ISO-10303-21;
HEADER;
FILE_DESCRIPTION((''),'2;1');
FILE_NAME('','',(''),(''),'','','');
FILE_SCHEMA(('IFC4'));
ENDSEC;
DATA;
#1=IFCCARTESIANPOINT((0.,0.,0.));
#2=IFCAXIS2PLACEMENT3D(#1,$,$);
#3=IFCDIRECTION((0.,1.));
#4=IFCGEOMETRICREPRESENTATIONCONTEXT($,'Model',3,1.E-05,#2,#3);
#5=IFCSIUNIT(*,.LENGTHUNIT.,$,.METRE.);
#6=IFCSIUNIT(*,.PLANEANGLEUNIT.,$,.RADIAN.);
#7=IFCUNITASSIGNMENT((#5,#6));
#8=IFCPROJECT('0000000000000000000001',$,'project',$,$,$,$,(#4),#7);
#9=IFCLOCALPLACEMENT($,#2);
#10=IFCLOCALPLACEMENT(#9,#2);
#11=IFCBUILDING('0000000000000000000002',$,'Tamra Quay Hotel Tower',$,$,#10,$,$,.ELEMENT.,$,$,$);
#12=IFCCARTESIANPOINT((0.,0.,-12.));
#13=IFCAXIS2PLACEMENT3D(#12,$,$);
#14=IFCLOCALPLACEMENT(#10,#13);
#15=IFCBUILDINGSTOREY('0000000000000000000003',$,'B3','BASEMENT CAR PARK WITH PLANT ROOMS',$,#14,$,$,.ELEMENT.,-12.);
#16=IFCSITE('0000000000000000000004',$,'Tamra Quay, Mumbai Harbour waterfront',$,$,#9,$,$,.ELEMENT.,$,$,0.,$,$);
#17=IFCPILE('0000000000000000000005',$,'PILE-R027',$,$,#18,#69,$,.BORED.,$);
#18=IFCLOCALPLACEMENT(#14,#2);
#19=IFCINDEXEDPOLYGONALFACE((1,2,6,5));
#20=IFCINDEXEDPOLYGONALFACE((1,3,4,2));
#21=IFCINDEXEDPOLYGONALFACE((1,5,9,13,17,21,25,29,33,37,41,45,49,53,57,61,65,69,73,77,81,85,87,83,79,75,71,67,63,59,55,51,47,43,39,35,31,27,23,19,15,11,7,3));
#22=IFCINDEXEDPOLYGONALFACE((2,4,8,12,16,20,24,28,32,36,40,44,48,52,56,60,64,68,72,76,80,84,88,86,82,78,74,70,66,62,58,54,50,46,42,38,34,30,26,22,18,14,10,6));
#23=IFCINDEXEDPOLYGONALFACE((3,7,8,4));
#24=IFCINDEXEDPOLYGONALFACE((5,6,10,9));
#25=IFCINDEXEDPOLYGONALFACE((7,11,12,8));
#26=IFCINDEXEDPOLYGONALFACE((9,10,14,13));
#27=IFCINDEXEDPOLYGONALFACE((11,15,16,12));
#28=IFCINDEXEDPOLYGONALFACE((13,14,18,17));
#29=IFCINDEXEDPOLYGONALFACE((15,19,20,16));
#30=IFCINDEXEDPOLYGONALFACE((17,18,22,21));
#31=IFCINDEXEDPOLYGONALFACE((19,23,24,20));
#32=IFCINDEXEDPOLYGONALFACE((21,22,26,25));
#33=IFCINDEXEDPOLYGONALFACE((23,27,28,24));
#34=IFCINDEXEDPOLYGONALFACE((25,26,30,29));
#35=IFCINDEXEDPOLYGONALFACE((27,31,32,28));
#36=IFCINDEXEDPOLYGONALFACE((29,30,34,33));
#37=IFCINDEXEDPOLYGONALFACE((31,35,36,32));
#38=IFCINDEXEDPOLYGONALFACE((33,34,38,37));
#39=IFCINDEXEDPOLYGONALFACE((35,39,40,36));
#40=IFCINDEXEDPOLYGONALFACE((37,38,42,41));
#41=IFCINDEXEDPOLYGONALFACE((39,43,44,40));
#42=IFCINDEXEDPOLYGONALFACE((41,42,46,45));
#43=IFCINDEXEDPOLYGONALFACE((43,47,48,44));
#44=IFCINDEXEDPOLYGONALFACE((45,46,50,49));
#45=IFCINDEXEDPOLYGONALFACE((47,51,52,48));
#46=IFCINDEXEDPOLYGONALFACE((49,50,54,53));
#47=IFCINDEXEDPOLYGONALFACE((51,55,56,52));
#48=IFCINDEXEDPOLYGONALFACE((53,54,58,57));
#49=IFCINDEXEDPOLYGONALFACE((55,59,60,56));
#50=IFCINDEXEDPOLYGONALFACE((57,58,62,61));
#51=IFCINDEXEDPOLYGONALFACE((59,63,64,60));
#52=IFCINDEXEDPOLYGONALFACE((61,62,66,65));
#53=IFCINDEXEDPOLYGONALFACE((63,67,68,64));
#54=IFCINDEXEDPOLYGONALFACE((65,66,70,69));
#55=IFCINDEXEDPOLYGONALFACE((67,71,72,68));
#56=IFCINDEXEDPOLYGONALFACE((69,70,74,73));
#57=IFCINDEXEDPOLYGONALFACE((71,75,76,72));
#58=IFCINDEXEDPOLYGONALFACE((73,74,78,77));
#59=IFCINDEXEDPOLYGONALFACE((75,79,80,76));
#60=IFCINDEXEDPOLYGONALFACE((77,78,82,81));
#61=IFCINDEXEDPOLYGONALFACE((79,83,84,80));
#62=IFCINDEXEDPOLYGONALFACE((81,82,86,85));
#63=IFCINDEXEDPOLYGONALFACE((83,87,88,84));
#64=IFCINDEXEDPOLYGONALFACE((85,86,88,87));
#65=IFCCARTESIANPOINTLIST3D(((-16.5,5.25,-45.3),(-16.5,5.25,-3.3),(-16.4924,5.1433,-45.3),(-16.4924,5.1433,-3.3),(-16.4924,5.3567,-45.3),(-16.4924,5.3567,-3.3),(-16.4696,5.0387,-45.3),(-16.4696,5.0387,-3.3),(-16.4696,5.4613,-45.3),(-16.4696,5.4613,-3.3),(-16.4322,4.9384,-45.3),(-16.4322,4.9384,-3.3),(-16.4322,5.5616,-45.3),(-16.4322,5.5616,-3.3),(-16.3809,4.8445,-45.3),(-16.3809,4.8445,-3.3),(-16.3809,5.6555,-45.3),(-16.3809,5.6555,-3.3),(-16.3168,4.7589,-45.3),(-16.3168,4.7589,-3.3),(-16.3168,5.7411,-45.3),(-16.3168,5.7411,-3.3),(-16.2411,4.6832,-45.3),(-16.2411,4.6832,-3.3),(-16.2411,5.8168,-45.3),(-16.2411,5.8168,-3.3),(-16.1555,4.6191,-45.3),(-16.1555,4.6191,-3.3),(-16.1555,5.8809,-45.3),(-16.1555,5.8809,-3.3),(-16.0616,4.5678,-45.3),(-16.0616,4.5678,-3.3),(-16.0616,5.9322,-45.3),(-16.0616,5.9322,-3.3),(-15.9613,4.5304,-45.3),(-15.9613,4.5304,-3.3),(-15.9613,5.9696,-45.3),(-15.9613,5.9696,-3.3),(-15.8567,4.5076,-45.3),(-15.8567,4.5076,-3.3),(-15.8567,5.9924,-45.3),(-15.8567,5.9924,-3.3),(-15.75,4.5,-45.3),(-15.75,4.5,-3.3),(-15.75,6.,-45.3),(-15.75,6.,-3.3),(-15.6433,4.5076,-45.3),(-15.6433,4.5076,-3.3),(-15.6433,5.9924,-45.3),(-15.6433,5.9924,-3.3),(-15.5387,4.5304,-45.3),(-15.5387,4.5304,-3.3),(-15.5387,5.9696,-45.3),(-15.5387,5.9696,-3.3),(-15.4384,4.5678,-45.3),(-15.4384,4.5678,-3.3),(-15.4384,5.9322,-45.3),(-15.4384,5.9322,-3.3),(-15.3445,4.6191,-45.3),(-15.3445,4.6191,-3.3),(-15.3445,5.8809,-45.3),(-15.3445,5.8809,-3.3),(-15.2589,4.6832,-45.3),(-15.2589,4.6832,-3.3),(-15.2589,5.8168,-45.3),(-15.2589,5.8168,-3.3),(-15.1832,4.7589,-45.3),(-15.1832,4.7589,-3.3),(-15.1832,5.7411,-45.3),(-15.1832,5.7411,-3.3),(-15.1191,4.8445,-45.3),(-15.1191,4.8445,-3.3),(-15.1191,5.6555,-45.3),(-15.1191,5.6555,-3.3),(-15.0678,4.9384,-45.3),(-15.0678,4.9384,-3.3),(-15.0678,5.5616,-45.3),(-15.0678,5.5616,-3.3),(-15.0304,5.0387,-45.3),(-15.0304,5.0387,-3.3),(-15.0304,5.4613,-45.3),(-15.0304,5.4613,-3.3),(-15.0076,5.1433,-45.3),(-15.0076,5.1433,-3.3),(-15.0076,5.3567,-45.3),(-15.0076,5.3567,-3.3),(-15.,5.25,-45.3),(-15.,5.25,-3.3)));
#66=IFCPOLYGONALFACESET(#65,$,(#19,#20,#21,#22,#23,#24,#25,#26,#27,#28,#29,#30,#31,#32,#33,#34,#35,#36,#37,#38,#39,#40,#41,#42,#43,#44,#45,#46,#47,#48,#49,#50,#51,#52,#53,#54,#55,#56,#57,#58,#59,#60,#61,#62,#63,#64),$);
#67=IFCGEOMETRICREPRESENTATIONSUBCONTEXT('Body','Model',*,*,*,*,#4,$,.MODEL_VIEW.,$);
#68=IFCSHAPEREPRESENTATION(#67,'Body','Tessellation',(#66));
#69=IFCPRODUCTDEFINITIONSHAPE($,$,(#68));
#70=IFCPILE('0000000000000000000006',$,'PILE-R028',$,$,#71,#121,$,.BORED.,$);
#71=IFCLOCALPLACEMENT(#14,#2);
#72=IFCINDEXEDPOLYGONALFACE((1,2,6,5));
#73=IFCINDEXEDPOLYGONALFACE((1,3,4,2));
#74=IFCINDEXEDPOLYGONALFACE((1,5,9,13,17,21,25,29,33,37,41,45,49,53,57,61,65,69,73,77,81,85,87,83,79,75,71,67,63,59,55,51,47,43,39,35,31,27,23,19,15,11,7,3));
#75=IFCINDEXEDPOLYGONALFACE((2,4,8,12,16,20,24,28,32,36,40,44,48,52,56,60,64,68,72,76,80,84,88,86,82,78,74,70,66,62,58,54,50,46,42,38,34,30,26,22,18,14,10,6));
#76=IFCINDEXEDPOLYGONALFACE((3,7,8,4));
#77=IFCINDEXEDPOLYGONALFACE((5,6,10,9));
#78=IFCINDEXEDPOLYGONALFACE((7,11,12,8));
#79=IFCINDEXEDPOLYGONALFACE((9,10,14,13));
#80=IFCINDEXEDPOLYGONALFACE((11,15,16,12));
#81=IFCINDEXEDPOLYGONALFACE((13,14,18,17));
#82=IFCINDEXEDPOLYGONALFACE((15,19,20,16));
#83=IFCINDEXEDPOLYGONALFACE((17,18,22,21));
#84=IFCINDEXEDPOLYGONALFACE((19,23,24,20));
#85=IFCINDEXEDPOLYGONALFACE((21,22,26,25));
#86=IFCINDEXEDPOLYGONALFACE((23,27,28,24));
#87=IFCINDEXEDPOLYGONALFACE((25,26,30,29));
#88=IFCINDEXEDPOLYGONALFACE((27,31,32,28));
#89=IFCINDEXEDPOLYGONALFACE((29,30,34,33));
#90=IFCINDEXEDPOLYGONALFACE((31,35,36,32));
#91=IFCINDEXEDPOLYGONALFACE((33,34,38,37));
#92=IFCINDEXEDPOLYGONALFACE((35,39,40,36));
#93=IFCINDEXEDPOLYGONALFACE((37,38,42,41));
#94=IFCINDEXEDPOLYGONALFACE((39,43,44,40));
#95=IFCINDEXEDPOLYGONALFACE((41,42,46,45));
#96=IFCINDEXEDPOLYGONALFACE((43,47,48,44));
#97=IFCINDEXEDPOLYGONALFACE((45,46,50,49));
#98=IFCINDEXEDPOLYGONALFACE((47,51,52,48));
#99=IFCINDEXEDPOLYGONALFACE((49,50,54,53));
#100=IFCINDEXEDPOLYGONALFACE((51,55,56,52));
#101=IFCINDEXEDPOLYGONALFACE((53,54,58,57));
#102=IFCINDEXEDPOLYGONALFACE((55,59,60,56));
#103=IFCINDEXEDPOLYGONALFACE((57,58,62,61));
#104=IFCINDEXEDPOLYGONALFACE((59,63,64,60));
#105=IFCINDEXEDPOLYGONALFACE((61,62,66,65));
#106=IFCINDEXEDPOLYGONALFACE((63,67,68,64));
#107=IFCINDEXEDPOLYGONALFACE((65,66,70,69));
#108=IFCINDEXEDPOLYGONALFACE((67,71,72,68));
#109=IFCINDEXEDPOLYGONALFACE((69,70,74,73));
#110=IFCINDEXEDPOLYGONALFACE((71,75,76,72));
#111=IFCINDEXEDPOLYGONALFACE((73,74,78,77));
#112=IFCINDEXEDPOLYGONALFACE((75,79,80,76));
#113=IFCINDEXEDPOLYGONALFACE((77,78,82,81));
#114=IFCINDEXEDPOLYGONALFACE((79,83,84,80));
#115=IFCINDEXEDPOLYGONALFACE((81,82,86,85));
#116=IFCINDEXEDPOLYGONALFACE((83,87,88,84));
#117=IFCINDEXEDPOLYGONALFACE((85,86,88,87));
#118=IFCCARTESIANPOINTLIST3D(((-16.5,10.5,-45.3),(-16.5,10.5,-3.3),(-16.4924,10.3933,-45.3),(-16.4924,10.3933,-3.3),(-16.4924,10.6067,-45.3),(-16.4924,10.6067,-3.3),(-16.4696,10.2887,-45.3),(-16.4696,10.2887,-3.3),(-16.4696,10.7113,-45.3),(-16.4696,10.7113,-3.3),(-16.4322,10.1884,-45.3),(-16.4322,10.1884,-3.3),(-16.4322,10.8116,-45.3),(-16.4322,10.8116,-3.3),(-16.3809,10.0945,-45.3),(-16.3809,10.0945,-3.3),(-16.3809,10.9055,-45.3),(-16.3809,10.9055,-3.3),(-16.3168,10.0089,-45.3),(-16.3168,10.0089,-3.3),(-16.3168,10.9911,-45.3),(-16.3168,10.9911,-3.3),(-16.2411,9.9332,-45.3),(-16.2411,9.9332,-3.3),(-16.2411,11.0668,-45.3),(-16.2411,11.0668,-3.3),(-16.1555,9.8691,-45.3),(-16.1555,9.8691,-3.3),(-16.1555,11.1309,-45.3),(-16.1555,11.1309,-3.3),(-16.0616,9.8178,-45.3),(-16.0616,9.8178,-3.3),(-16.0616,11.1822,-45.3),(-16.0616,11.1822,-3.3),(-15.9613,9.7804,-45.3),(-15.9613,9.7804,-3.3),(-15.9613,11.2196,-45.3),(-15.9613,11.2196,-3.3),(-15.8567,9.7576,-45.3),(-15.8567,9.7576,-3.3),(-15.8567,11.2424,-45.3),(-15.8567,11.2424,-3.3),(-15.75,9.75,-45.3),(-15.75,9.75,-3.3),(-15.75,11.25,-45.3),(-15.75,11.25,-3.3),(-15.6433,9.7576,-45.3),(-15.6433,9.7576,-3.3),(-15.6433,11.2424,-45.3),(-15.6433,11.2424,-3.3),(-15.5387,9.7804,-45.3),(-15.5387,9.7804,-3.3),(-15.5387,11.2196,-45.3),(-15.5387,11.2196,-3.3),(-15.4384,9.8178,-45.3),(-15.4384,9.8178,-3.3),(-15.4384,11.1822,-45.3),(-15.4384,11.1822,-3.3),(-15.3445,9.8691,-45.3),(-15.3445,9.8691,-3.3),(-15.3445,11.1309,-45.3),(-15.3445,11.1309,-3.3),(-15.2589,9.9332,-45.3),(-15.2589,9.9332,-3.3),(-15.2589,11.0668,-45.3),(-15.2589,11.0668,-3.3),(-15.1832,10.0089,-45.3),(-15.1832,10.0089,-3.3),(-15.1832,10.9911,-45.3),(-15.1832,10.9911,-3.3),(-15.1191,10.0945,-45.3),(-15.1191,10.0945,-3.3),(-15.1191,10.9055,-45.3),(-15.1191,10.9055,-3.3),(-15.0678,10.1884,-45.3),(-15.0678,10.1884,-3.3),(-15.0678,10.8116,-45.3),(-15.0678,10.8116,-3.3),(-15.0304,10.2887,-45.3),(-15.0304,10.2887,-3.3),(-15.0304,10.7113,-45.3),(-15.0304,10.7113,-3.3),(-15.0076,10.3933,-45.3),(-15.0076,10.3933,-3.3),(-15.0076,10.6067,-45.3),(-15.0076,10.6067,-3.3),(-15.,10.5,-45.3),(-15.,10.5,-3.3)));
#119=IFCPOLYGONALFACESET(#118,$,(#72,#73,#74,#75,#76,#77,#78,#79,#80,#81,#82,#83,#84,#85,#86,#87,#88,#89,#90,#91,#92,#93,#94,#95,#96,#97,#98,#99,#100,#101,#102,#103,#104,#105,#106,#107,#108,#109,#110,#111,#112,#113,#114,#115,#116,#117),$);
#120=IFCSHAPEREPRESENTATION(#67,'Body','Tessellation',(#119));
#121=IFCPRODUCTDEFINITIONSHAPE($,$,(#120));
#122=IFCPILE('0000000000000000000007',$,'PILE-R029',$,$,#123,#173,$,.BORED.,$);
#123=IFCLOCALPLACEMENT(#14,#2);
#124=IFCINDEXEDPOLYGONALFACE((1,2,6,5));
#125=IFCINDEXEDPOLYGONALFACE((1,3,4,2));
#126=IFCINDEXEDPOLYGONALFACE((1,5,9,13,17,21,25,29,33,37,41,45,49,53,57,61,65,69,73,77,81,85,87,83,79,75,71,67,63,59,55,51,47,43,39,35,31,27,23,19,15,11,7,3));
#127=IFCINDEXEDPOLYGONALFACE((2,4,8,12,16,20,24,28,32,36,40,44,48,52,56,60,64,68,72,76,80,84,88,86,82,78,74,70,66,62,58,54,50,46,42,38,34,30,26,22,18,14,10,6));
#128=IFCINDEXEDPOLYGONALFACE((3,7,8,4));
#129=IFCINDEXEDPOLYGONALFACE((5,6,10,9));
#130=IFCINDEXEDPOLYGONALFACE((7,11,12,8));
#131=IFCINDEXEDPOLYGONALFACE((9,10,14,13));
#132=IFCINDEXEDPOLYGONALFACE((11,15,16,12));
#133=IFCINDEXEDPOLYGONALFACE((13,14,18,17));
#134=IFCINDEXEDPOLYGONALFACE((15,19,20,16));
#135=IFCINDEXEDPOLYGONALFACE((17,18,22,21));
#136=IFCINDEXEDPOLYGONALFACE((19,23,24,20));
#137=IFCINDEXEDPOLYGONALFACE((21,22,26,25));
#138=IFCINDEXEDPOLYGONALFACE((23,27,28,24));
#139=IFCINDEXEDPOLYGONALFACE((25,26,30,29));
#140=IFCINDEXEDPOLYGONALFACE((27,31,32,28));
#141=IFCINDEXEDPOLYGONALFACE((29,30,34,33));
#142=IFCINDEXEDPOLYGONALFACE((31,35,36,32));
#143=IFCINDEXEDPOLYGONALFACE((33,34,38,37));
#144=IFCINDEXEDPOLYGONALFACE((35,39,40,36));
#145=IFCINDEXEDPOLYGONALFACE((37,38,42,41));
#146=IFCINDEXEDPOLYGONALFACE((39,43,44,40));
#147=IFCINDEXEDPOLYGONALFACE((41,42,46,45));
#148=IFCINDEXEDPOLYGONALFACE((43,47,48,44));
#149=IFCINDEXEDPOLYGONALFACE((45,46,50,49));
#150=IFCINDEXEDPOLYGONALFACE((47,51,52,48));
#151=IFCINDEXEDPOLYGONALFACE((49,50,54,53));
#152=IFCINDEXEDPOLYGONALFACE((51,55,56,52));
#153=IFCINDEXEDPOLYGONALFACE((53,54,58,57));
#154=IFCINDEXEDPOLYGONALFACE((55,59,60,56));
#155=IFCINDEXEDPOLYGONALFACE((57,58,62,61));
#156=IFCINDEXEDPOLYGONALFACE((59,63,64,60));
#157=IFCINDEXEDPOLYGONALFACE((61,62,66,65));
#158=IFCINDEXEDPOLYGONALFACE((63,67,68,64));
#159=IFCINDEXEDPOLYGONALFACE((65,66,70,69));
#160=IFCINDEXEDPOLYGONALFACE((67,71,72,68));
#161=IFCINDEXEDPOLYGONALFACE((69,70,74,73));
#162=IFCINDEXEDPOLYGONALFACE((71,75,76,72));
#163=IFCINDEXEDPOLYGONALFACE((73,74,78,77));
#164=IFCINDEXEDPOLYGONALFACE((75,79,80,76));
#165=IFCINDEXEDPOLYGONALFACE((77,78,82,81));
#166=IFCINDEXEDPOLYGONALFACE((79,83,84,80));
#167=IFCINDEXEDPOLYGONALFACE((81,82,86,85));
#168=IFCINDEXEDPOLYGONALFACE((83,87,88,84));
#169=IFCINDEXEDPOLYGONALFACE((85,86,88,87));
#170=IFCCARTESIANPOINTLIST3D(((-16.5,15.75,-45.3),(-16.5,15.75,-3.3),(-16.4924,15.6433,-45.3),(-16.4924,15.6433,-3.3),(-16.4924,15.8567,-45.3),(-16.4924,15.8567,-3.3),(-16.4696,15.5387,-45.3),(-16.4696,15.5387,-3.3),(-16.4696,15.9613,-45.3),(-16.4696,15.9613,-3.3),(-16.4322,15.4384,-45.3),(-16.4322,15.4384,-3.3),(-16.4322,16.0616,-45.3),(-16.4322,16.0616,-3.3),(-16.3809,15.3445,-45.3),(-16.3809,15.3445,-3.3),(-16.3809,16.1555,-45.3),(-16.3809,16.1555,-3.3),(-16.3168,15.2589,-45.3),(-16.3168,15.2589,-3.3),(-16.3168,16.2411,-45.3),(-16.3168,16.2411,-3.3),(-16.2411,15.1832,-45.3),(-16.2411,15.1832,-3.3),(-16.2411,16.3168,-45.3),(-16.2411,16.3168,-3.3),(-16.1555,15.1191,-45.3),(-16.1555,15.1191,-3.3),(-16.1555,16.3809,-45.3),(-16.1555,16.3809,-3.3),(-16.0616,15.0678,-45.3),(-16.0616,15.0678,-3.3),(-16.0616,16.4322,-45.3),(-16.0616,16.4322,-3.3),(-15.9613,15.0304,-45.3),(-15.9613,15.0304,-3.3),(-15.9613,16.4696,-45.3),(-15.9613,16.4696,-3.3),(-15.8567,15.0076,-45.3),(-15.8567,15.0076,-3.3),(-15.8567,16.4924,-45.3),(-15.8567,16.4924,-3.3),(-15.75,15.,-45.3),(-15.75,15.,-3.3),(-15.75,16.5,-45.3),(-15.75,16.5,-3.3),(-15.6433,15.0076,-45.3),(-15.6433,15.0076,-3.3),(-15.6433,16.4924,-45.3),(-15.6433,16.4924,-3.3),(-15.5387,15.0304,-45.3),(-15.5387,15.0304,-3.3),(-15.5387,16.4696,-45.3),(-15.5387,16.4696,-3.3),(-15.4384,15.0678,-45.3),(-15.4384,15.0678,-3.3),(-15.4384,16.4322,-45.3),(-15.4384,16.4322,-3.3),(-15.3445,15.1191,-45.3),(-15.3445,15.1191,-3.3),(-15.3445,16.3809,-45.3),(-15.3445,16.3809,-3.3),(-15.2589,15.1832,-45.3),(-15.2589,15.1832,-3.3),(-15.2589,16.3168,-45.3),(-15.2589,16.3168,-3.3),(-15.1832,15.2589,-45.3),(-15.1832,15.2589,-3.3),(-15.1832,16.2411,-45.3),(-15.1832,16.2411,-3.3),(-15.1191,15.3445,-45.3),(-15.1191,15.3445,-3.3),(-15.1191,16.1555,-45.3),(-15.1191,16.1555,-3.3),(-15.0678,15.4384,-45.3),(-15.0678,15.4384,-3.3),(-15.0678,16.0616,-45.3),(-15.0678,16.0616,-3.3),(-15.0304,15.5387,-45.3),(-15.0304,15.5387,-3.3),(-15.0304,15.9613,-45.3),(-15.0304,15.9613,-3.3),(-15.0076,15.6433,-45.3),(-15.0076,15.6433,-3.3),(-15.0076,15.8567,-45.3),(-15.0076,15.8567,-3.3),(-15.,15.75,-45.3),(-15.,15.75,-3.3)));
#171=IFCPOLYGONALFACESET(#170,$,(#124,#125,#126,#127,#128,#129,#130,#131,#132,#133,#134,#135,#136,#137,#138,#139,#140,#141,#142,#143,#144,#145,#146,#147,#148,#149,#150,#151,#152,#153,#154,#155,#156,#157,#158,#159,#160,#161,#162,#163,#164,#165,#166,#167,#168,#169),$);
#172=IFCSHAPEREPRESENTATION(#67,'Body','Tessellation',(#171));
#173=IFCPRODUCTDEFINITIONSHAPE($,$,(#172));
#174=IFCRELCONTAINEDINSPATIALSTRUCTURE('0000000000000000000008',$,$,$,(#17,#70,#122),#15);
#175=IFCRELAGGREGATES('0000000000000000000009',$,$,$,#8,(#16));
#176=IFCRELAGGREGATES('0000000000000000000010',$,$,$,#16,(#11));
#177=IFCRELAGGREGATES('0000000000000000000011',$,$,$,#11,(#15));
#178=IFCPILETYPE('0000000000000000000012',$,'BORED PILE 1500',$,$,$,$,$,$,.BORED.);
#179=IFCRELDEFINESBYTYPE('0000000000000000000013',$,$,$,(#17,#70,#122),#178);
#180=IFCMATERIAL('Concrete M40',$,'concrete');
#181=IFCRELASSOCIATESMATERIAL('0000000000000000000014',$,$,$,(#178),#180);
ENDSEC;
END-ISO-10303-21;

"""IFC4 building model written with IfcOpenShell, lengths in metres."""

from ifc_helpers import new_model, si_unit, direction, frame, origin, origin_2d, place, context, subcontext, project, spatial, circle, extrude, material, material_profile, profile_set, type_object, element, save


model = new_model("IFC4")

# Units and contexts
model_context = context("Model", 3, precision=1e-05, world=origin(), true_north=direction((0.0, 1.0)))
body_context = subcontext(model_context, "Body", "Model", "MODEL_VIEW")
ifc_project = project(units=[si_unit("LENGTHUNIT", "METRE"), si_unit("PLANEANGLEUNIT", "RADIAN")], contexts=[model_context])

# Site, building, storey
site_placement = place(None, origin())
site = spatial("IfcSite", under=ifc_project, at=site_placement, Name="Tamra Quay, Mumbai Harbour waterfront", CompositionType="ELEMENT", RefElevation=0.0)
building_placement = place(site_placement, origin())
building = spatial("IfcBuilding", under=site, at=building_placement, Name="Tamra Quay Hotel Tower", CompositionType="ELEMENT")
storey_placement = place(building_placement, frame((0.0, 0.0, -12.0)))
storey = spatial("IfcBuildingStorey", under=building, at=storey_placement, Name="B3", Description="BASEMENT CAR PARK WITH PLANT ROOMS", CompositionType="ELEMENT", Elevation=-12.0)

# Piles
ifc_material_1 = material(Name="Concrete M40", Category="concrete")
ifc_material_profile = material_profile(ifc_material_1, circle(Radius=0.75, at=origin_2d()), Name="BORED PILE 1500")
ifc_profile_set = profile_set([ifc_material_profile], Name="Concrete M40")
pile_type = type_object("IfcPileType", Name="BORED PILE 1500", PredefinedType="BORED", material=ifc_profile_set)
for number, where, z_axis, x_axis, name in (
    (1, (-15.75, 5.25, -3.3), (0.0, 0.0, -1.0), (1.0, 0.0, 0.0), "PILE-R027"),
    (2, (-15.75, 10.5, -3.3), (0.0, 0.0, -1.0), (1.0, 0.0, 0.0), "PILE-R028"),
    (3, (-15.75, 15.75, -3.3), (0.0, 0.0, -1.0), (1.0, 0.0, 0.0), "PILE-R029"),
):
    element("IfcPile", number, at=place(storey_placement, frame(where, z_axis=z_axis, x_axis=x_axis)), inside=storey, type_object=pile_type, Name=name, PredefinedType="BORED", context=body_context, shape_type="SweptSolid", body=[
        extrude(circle(Radius=0.75, at=origin_2d()), origin(), (0.0, 0.0, 1.0), 42.0),
    ])

save(model, "model.ifc")
